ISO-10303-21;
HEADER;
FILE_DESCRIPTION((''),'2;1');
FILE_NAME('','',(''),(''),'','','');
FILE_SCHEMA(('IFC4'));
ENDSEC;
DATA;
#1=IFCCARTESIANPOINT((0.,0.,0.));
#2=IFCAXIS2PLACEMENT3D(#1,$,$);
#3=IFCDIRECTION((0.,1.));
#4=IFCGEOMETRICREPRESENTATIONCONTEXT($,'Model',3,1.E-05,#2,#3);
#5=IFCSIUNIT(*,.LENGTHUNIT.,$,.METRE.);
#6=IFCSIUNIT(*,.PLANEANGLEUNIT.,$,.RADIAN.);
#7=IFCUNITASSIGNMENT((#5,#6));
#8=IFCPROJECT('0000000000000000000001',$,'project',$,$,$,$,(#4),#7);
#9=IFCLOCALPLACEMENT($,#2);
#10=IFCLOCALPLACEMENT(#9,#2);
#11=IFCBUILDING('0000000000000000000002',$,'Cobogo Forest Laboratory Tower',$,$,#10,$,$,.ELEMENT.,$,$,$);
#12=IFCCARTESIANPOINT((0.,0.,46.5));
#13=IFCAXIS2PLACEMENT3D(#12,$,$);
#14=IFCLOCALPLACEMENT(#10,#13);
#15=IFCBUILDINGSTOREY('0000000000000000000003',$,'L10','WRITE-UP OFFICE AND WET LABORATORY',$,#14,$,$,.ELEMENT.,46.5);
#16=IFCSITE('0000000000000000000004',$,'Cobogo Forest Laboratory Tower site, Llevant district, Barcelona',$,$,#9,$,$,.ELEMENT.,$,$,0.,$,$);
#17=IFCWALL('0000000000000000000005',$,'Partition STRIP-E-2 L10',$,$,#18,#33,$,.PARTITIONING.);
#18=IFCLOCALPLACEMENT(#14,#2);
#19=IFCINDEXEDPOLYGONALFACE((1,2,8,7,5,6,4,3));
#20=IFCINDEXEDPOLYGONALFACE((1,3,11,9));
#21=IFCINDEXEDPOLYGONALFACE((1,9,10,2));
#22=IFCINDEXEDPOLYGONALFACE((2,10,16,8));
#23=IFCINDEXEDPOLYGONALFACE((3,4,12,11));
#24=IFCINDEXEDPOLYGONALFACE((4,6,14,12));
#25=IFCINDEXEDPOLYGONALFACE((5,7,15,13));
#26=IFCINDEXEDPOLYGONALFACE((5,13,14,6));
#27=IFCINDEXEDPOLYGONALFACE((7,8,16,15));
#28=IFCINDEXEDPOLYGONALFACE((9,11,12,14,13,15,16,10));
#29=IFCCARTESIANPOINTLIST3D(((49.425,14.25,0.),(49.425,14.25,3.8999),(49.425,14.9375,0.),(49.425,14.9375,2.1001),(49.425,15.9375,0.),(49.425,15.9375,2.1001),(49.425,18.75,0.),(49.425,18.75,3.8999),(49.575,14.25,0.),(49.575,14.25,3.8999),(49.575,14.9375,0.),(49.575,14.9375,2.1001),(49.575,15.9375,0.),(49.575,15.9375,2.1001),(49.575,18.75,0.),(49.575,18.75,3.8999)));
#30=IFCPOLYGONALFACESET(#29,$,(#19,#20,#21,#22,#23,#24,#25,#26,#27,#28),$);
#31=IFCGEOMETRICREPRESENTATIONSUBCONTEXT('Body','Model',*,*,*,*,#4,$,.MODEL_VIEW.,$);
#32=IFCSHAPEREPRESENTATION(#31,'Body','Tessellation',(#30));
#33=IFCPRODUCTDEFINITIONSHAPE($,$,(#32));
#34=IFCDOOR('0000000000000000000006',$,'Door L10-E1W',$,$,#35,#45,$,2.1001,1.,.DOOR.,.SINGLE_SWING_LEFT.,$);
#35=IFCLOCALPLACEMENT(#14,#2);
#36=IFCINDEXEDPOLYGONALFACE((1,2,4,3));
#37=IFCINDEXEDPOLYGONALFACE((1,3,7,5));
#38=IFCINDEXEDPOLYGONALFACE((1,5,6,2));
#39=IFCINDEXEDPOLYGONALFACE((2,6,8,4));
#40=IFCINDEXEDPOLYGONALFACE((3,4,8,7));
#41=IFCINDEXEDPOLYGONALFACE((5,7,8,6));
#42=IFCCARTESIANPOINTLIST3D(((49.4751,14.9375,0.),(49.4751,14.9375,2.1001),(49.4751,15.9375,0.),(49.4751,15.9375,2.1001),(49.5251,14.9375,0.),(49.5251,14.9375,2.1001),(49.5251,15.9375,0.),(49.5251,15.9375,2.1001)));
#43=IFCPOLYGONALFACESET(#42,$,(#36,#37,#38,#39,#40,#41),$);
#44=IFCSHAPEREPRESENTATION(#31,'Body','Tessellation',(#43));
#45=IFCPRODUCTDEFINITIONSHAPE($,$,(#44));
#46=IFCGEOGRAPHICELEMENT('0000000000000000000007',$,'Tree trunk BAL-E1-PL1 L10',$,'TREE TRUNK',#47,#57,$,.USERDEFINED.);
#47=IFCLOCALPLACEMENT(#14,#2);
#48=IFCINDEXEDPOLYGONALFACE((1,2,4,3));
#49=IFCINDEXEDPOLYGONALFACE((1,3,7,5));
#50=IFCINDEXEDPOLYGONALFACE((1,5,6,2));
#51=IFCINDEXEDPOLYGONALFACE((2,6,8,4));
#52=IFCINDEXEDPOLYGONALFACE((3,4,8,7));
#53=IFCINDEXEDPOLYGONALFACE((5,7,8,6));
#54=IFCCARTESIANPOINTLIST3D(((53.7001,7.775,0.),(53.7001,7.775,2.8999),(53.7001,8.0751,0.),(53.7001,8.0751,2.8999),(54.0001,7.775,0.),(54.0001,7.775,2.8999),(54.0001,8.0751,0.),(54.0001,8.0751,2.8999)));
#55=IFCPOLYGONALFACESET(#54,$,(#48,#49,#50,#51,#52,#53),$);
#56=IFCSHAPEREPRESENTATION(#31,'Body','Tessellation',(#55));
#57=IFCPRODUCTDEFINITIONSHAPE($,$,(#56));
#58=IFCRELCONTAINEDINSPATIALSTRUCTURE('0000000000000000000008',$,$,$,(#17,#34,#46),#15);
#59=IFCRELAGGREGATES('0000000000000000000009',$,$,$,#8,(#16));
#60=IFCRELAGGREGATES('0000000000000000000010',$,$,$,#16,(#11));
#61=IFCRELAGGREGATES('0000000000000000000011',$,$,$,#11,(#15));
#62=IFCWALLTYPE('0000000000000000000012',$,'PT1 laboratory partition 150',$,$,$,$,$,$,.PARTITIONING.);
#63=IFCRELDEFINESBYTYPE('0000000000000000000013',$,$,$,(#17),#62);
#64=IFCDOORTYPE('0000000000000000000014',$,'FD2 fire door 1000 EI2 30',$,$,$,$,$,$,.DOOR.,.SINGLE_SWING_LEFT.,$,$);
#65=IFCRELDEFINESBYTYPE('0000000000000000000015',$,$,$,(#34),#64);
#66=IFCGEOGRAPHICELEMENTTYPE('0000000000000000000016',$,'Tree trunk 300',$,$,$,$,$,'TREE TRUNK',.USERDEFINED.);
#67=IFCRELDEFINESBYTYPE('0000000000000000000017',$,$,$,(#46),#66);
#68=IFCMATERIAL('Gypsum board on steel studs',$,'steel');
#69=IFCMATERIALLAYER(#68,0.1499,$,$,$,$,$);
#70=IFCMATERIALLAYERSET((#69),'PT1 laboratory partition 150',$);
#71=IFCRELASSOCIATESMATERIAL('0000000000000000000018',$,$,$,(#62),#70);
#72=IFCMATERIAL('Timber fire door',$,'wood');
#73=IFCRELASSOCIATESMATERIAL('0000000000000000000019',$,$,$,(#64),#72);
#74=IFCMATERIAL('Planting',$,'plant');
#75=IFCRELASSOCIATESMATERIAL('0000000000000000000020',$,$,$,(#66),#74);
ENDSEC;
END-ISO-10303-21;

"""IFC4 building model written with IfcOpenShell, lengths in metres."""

from ifc_helpers import new_model, si_unit, direction, frame, frame_2d, origin, origin_2d, place, context, subcontext, project, spatial, rectangle, extrude, material, layer, layer_set, type_object, element, fill, save


model = new_model("IFC4")

# Units and contexts
model_context = context("Model", 3, precision=1e-05, world=origin(), true_north=direction((0.0, 1.0)))
body_context = subcontext(model_context, "Body", "Model", "MODEL_VIEW")
ifc_project = project(units=[si_unit("LENGTHUNIT", "METRE"), si_unit("PLANEANGLEUNIT", "RADIAN")], contexts=[model_context])

# Site, building, storey
site_placement = place(None, origin())
site = spatial("IfcSite", under=ifc_project, at=site_placement, Name="Cobogo Forest Laboratory Tower site, Llevant district, Barcelona", CompositionType="ELEMENT", RefElevation=0.0)
building_placement = place(site_placement, origin())
building = spatial("IfcBuilding", under=site, at=building_placement, Name="Cobogo Forest Laboratory Tower", CompositionType="ELEMENT")
storey_placement = place(building_placement, frame((0.0, 0.0, 46.5)))
storey = spatial("IfcBuildingStorey", under=building, at=storey_placement, Name="L10", Description="WRITE-UP OFFICE AND WET LABORATORY", CompositionType="ELEMENT", Elevation=46.5)

# Shared definitions
ifc_material_1 = material(Name="Gypsum board on steel studs", Category="steel")
ifc_layer_1 = layer(ifc_material_1, 0.1499)
ifc_layer_set_1 = layer_set([ifc_layer_1], Name="PT1 laboratory partition 150")
wall_type_1 = type_object("IfcWallType", Name="PT1 laboratory partition 150", PredefinedType="PARTITIONING", material=ifc_layer_set_1)

# Wall, opening, door
wall_1_placement = place(storey_placement, frame((49.5, 14.25, 0.0), z_axis=(0.0, 0.0, 1.0), x_axis=(0.0, 1.0, 0.0)))
wall_1 = element("IfcWall", 1, at=wall_1_placement, inside=storey, type_object=wall_type_1, Name="Partition STRIP-E-2 L10", PredefinedType="PARTITIONING", context=body_context, shape_type="SweptSolid", body=[
    extrude(rectangle(XDim=4.5, YDim=0.1499, at=frame_2d((2.25, 0.0))), origin(), (0.0, 0.0, 1.0), 3.8999),
])
opening_1_placement = place(wall_1_placement, frame((0.6875, 0.0, 0.0)))
opening_1 = element("IfcOpeningElement", 2, at=opening_1_placement, cuts=wall_1, PredefinedType="OPENING", context=body_context, shape_type="SweptSolid", body=[
    extrude(rectangle(XDim=1.0, YDim=2.1001, at=frame_2d((0.5, 1.05))), frame((0.0, 0.085, 0.0), z_axis=(0.0, -1.0, 0.0), x_axis=(1.0, 0.0, 0.0)), (0.0, 0.0, 1.0), 0.1699),
])
ifc_material_2 = material(Name="Timber fire door", Category="wood")
door_type_1 = type_object("IfcDoorType", Name="FD2 fire door 1000 EI2 30", OperationType="SINGLE_SWING_LEFT", PredefinedType="DOOR", material=ifc_material_2)
door_1_placement = place(opening_1_placement, origin())
door_1 = element("IfcDoor", 3, at=door_1_placement, inside=storey, type_object=door_type_1, Name="Door L10-E1W", OperationType="SINGLE_SWING_LEFT", OverallHeight=2.1001, OverallWidth=1.0, PredefinedType="DOOR", context=body_context, shape_type="SweptSolid", body=[
    extrude(rectangle(XDim=1.0, YDim=2.1001, at=frame_2d((0.5, 1.05))), frame((0.0, 0.0249, 0.0), z_axis=(0.0, -1.0, 0.0), x_axis=(1.0, 0.0, 0.0)), (0.0, 0.0, 1.0), 0.05),
])
fill(opening_1, door_1)

# Geographic element
ifc_material_3 = material(Name="Planting", Category="plant")
geographic_element_type = type_object("IfcGeographicElementType", Name="Tree trunk 300", ElementType="TREE TRUNK", PredefinedType="USERDEFINED", material=ifc_material_3)
geographic_element_placement = place(storey_placement, frame((53.8501, 7.925, 0.0), z_axis=(0.0, 0.0, 1.0), x_axis=(1.0, 0.0, 0.0)))
element("IfcGeographicElement", 4, at=geographic_element_placement, inside=storey, type_object=geographic_element_type, Name="Tree trunk BAL-E1-PL1 L10", ObjectType="TREE TRUNK", PredefinedType="USERDEFINED", context=body_context, shape_type="SweptSolid", body=[
    extrude(rectangle(XDim=0.3, YDim=0.3, at=origin_2d()), origin(), (0.0, 0.0, 1.0), 2.8999),
])

save(model, "model.ifc")
